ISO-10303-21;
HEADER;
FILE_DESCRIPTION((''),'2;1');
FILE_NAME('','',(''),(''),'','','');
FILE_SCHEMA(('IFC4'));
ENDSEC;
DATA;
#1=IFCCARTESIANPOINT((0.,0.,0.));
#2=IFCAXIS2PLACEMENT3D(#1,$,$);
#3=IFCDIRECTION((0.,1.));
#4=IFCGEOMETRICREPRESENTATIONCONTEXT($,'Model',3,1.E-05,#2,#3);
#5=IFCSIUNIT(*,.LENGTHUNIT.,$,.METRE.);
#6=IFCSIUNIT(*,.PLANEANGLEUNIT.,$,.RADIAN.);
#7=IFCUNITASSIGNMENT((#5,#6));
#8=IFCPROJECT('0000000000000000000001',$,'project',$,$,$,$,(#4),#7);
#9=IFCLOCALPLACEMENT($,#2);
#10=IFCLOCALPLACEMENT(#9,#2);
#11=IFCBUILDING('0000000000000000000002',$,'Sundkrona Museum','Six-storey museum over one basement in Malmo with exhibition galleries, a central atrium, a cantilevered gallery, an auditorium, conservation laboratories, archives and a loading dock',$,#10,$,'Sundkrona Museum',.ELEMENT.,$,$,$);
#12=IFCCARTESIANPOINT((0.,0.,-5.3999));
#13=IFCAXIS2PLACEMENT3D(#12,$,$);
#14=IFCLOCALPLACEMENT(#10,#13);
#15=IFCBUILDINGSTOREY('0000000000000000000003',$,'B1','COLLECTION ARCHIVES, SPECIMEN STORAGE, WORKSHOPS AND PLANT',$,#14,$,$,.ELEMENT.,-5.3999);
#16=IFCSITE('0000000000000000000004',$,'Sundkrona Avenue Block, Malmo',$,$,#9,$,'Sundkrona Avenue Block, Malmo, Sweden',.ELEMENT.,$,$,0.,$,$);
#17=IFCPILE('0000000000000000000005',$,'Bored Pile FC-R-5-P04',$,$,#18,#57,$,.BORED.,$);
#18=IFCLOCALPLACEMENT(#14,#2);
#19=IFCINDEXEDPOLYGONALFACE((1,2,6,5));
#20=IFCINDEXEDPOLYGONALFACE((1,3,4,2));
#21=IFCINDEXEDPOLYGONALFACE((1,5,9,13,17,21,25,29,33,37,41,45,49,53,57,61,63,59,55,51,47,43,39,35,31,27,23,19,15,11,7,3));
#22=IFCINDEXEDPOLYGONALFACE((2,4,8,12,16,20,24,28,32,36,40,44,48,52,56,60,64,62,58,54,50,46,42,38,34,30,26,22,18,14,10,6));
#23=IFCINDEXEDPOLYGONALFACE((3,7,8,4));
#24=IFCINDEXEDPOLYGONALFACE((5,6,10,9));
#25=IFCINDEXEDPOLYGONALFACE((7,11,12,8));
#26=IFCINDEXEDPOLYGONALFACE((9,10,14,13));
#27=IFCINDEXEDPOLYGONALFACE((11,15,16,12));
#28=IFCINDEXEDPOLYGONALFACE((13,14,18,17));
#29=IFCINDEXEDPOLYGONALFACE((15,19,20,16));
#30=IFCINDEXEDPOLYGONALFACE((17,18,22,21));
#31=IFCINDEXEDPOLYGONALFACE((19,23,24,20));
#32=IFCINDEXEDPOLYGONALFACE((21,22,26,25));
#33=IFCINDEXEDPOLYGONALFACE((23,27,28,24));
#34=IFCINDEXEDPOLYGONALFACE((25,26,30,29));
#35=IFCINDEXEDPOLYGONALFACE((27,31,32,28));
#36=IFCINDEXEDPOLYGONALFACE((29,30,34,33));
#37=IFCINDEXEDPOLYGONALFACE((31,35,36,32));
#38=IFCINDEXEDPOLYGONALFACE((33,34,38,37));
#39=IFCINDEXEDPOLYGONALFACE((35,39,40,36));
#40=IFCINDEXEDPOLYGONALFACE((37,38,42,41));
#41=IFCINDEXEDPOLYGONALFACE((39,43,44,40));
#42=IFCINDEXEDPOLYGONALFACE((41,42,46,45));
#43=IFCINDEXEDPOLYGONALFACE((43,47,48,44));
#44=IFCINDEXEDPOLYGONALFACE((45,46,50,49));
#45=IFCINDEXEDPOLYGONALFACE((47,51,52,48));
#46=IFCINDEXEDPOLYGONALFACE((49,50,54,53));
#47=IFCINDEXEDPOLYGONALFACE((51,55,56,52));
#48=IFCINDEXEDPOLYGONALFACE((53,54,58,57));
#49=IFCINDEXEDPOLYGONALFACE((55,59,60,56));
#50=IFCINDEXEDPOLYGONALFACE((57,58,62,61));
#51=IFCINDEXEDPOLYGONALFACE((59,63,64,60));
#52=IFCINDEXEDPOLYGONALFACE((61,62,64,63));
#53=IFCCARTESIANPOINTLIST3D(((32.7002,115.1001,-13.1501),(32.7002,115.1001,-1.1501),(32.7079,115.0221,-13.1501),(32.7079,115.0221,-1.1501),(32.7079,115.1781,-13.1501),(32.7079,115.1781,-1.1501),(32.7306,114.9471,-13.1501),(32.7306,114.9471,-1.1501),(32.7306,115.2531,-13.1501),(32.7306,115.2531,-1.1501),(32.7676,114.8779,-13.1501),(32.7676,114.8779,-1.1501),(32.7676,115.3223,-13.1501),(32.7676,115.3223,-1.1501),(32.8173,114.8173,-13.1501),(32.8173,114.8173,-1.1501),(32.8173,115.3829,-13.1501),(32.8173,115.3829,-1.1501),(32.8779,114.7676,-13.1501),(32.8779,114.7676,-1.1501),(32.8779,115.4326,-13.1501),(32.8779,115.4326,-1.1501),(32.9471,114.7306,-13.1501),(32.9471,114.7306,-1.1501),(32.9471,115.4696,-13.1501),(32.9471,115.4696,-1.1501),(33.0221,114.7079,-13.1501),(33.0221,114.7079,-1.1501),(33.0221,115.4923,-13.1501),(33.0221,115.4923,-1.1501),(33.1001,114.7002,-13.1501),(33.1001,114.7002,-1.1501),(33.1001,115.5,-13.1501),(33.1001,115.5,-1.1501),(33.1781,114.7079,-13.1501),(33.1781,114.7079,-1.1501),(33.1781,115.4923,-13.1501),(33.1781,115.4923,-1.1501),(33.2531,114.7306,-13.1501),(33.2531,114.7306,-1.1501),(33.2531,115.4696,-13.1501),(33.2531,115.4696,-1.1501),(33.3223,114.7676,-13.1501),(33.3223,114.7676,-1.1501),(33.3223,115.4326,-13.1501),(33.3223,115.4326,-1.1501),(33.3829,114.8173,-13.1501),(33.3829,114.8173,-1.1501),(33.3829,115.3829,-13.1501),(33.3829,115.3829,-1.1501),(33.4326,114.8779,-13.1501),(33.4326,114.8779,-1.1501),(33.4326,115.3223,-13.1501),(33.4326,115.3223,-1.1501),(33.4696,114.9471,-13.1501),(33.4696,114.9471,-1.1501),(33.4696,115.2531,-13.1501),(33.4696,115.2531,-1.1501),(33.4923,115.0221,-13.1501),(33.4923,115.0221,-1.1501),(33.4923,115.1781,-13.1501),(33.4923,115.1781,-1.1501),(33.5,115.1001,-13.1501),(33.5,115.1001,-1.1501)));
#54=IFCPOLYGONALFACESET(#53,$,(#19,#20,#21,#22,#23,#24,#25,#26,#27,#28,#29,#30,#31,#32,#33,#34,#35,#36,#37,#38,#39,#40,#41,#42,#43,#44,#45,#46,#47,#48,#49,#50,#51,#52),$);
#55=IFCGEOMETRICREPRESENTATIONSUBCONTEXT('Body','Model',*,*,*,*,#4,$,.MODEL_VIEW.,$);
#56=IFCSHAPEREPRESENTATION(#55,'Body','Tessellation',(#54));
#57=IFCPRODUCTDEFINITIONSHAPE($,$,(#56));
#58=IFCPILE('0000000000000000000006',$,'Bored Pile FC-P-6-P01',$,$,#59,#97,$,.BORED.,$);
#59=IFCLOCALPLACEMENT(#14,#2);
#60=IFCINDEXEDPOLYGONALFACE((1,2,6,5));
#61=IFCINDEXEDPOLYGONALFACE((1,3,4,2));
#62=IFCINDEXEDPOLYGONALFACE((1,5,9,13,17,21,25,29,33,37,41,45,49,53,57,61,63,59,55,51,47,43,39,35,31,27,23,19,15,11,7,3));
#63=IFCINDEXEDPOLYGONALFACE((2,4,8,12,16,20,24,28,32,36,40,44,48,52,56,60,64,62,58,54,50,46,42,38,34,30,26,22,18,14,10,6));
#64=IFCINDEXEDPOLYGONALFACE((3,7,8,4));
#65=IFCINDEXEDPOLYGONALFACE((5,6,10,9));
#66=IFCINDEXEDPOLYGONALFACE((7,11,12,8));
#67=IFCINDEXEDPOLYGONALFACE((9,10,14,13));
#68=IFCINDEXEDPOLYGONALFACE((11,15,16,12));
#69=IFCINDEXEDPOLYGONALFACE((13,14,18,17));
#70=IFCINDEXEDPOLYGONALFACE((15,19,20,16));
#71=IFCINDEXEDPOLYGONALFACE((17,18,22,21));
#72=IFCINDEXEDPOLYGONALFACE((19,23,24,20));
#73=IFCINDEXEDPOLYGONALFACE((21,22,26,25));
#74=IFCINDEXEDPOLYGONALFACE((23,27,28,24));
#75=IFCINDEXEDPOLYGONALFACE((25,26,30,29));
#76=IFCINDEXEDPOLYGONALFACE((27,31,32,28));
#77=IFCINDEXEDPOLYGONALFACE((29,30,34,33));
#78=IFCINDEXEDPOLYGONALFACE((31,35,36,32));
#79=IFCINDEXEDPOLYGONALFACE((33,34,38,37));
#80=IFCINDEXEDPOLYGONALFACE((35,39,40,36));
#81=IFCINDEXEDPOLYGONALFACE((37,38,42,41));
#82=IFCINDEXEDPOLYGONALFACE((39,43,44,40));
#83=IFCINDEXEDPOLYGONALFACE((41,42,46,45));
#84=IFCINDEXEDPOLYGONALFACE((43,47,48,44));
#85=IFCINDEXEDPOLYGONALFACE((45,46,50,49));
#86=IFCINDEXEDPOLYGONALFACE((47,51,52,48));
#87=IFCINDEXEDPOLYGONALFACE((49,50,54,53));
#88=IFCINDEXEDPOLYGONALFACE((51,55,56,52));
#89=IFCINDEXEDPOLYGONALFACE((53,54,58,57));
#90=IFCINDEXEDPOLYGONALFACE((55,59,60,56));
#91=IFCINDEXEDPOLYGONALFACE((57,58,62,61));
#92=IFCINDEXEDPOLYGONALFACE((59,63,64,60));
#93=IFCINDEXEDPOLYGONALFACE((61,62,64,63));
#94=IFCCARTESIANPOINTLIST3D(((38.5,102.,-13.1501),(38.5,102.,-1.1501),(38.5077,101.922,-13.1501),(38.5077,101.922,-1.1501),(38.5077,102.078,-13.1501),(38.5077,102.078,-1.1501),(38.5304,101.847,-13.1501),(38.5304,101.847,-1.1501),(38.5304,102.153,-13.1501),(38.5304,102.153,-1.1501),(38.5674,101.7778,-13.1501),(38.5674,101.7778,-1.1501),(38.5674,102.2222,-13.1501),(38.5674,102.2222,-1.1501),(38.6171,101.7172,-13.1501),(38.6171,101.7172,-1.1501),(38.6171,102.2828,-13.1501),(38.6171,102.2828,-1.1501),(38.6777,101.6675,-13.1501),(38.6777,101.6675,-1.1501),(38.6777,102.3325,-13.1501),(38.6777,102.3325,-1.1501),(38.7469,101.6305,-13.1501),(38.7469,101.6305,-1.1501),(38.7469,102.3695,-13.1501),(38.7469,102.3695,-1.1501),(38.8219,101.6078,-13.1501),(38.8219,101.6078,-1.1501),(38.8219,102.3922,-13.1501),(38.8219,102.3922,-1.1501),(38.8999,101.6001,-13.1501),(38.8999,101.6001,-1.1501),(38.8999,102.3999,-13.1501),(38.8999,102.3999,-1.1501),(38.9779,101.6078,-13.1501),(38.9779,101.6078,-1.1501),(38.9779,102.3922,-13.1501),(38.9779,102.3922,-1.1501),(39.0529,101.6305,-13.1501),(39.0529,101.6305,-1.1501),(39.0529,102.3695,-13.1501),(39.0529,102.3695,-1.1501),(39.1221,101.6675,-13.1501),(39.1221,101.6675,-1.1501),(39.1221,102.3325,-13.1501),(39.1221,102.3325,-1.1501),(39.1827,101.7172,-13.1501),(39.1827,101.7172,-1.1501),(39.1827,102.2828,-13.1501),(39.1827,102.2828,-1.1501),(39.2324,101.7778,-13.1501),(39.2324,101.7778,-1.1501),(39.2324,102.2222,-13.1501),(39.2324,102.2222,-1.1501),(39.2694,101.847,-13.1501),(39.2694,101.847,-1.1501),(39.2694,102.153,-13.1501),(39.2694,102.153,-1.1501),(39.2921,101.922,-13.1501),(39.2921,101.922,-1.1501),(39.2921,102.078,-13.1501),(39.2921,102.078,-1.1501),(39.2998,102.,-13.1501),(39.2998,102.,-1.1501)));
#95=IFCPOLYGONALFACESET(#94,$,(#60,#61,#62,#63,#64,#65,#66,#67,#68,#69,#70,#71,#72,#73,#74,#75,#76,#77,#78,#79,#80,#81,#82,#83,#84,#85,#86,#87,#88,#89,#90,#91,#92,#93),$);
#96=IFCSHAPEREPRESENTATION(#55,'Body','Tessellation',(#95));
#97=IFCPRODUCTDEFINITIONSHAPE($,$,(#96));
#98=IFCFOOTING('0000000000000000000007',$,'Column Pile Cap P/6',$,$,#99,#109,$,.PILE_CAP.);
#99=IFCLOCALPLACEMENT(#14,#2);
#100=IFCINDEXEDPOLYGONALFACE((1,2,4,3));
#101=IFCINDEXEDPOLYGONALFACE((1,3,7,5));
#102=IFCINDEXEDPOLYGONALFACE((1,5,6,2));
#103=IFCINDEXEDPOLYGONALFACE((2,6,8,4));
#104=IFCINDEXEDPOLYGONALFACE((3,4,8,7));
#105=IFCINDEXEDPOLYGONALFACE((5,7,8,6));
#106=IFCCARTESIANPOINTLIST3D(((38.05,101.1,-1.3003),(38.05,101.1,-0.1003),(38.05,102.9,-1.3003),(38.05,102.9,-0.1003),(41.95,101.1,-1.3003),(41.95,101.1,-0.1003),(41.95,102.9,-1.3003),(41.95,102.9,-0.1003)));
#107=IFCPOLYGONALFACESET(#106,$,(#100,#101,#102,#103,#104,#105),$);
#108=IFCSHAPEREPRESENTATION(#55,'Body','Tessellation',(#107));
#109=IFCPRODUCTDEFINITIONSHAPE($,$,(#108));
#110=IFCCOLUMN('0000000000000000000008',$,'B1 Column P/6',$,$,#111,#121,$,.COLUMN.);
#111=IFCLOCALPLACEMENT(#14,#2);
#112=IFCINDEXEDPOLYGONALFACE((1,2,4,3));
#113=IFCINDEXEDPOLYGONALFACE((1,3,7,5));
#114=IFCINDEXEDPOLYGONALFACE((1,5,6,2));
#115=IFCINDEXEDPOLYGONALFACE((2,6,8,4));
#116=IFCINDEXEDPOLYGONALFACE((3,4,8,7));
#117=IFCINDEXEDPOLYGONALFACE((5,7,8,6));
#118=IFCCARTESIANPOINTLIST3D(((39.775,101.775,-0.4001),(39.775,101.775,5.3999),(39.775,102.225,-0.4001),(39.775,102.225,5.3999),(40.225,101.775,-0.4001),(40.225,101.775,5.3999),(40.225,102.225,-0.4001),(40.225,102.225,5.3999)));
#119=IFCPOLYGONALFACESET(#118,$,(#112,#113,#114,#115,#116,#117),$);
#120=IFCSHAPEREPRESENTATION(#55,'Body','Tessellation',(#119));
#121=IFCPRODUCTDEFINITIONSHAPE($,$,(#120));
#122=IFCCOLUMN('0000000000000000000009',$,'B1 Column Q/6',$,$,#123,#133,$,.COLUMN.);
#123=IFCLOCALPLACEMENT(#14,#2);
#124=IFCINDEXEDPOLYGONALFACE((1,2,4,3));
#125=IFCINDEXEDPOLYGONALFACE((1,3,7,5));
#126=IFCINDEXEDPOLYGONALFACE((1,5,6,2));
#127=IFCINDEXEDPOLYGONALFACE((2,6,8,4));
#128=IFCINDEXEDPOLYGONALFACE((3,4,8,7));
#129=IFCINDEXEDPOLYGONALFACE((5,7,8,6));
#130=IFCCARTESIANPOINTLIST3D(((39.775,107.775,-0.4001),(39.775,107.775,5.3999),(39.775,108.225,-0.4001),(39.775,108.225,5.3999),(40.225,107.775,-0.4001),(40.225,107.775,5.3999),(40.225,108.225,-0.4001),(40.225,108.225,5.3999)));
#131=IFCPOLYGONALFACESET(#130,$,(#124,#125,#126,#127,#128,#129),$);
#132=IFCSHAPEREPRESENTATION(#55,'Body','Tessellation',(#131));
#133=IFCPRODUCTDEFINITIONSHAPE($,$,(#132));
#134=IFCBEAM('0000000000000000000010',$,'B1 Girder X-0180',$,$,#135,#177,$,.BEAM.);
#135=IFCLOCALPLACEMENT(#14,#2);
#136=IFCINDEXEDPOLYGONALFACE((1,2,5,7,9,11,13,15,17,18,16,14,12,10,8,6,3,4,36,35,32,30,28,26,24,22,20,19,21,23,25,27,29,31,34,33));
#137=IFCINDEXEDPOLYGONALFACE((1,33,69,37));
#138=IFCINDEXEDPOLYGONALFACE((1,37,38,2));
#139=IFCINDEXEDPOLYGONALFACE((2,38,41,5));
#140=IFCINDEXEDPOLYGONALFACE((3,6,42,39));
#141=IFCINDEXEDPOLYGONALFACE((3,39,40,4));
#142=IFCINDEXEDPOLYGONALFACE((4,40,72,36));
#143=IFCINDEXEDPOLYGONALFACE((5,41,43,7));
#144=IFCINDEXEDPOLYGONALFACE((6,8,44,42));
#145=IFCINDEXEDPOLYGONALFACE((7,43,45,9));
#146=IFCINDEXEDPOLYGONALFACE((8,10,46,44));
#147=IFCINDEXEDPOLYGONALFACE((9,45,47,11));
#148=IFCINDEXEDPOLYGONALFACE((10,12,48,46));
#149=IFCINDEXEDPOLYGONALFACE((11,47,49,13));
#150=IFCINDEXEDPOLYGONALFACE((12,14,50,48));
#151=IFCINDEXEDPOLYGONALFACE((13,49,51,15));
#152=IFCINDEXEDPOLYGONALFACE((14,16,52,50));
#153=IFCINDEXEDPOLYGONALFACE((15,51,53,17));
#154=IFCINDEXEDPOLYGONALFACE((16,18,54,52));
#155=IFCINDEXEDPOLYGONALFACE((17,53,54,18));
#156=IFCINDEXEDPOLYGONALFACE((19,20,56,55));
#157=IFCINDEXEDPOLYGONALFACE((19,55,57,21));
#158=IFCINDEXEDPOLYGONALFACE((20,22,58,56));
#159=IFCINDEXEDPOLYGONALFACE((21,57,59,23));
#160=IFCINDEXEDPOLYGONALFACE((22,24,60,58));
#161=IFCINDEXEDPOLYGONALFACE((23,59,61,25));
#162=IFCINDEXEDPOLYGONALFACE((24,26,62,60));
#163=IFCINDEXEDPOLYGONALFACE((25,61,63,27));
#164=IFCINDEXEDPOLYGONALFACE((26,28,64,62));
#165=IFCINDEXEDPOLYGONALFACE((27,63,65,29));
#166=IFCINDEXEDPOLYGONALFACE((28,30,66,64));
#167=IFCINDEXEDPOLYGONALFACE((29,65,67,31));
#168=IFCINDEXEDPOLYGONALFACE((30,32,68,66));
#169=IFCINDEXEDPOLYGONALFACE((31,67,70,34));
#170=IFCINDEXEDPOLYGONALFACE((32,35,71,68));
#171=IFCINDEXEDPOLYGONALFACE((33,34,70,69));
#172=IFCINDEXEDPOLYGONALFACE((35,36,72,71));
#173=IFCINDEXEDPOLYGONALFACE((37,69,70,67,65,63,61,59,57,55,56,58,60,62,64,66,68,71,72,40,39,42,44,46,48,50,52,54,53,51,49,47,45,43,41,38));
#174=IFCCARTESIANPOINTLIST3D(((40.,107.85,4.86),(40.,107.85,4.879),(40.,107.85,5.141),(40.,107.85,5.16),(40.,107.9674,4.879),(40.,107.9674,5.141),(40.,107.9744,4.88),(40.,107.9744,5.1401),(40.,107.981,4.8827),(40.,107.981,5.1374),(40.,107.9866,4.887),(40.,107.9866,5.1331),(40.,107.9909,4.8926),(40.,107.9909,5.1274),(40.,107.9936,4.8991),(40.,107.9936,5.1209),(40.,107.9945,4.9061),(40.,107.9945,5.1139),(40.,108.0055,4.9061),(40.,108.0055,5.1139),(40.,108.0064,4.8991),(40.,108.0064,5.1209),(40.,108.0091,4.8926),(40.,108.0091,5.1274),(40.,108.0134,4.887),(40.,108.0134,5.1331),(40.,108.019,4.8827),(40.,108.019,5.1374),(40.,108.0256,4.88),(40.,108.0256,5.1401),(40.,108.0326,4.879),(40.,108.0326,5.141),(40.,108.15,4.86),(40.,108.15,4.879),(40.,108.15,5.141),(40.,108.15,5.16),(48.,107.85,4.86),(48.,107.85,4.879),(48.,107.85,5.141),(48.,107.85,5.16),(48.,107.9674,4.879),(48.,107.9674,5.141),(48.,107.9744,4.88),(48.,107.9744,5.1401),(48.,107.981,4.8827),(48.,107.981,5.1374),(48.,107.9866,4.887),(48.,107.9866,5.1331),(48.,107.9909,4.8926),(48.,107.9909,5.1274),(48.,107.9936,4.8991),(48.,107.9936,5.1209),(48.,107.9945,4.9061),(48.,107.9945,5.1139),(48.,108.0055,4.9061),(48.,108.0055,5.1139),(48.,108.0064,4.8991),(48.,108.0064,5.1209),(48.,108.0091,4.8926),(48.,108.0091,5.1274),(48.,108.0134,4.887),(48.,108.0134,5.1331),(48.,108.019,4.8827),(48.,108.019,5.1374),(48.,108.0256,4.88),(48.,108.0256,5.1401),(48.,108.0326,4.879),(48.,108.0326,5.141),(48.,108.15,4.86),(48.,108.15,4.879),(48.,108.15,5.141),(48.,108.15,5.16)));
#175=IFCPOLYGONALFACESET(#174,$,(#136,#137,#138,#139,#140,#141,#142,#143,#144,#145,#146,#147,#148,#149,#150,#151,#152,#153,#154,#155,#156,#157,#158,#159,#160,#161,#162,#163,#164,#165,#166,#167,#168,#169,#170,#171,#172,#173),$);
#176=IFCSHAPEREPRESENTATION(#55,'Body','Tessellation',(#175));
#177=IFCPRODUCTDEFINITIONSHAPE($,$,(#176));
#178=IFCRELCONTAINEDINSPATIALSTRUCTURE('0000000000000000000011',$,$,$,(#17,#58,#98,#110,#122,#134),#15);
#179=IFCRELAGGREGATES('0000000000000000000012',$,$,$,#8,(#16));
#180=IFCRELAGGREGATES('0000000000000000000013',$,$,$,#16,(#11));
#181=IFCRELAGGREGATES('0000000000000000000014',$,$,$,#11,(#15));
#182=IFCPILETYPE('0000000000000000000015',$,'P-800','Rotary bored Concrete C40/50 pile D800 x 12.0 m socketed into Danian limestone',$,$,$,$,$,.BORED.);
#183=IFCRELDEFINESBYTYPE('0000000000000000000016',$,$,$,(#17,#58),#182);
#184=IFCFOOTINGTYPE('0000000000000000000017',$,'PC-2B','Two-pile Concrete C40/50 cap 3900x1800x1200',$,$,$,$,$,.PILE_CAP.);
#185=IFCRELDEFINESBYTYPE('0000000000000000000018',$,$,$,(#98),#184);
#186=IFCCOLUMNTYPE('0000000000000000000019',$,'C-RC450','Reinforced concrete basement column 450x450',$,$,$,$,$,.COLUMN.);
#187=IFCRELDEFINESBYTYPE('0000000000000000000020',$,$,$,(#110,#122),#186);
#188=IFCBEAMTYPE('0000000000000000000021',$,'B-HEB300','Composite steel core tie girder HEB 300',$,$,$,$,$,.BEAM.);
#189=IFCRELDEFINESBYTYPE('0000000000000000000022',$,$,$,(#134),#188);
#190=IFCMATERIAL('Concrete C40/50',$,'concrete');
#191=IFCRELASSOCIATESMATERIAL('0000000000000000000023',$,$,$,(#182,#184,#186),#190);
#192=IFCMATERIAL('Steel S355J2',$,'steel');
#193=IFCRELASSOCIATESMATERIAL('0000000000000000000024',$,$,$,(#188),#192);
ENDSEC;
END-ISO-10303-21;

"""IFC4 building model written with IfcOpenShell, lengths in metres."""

from ifc_helpers import new_model, si_unit, direction, frame, origin, origin_2d, place, context, subcontext, project, spatial, rectangle, circle, i_section, extrude, material, material_profile, profile_set, type_object, element, save


model = new_model("IFC4")

# Units and contexts
model_context = context("Model", 3, precision=1e-05, world=origin(), true_north=direction((0.0, 1.0)))
body_context = subcontext(model_context, "Body", "Model", "MODEL_VIEW")
ifc_project = project(units=[si_unit("LENGTHUNIT", "METRE"), si_unit("PLANEANGLEUNIT", "RADIAN")], contexts=[model_context])

# Site, building, storey
site_placement = place(None, origin())
site = spatial("IfcSite", under=ifc_project, at=site_placement, Name="Sundkrona Avenue Block, Malmo", LongName="Sundkrona Avenue Block, Malmo, Sweden", CompositionType="ELEMENT", RefElevation=0.0)
building_placement = place(site_placement, origin())
building = spatial("IfcBuilding", under=site, at=building_placement, Name="Sundkrona Museum", Description="Six-storey museum over one basement in Malmo with exhibition galleries, a central atrium, a cantilevered gallery, an auditorium, conservation laboratories, archives and a loading dock", LongName="Sundkrona Museum", CompositionType="ELEMENT")
storey_placement = place(building_placement, frame((0.0, 0.0, -5.3999)))
storey = spatial("IfcBuildingStorey", under=building, at=storey_placement, Name="B1", Description="COLLECTION ARCHIVES, SPECIMEN STORAGE, WORKSHOPS AND PLANT", CompositionType="ELEMENT", Elevation=-5.3999)

# Shared definitions
ifc_material_1 = material(Name="Concrete C40/50", Category="concrete")

# Piles
ifc_material_profile_1 = material_profile(ifc_material_1, circle(Radius=0.3999, at=origin_2d()), Name="PILE D800")
ifc_profile_set_1 = profile_set([ifc_material_profile_1], Name="Concrete C40/50")
pile_type = type_object("IfcPileType", Name="P-800", Description="Rotary bored Concrete C40/50 pile D800 x 12.0 m socketed into Danian limestone", PredefinedType="BORED", material=ifc_profile_set_1)
for number, where, z_axis, x_axis, name in (
    (1, (33.1001, 115.1001, -1.1501), (0.0, 0.0, -1.0), (1.0, 0.0, 0.0), "Bored Pile FC-R-5-P04"),
    (2, (38.8999, 102.0, -1.1501), (0.0, 0.0, -1.0), (1.0, 0.0, 0.0), "Bored Pile FC-P-6-P01"),
):
    element("IfcPile", number, at=place(storey_placement, frame(where, z_axis=z_axis, x_axis=x_axis)), inside=storey, type_object=pile_type, Name=name, PredefinedType="BORED", context=body_context, shape_type="SweptSolid", body=[
        extrude(circle(Radius=0.3999, at=origin_2d()), origin(), (0.0, 0.0, 1.0), 12.0),
    ])

# Footing
footing_type_1 = type_object("IfcFootingType", Name="PC-2B", Description="Two-pile Concrete C40/50 cap 3900x1800x1200", PredefinedType="PILE_CAP", material=ifc_material_1)
footing_1_placement = place(storey_placement, frame((40.0, 102.0, -1.3003), z_axis=(0.0, 0.0, 1.0), x_axis=(1.0, 0.0, 0.0)))
element("IfcFooting", 3, at=footing_1_placement, inside=storey, type_object=footing_type_1, Name="Column Pile Cap P/6", PredefinedType="PILE_CAP", context=body_context, shape_type="SweptSolid", body=[
    extrude(rectangle(XDim=3.8999, YDim=1.8, at=origin_2d()), origin(), (0.0, 0.0, 1.0), 1.2),
])

# Columns
ifc_material_profile_2 = material_profile(ifc_material_1, rectangle(XDim=0.45, YDim=0.45, at=origin_2d()), Name="RC 450x450")
ifc_profile_set_2 = profile_set([ifc_material_profile_2], Name="Concrete C40/50")
column_type = type_object("IfcColumnType", Name="C-RC450", Description="Reinforced concrete basement column 450x450", PredefinedType="COLUMN", material=ifc_profile_set_2)
for number, where, z_axis, x_axis, name in (
    (4, (40.0, 102.0, -0.4001), (0.0, 0.0, 1.0), (1.0, 0.0, 0.0), "B1 Column P/6"),
    (5, (40.0, 108.0, -0.4001), (0.0, 0.0, 1.0), (1.0, 0.0, 0.0), "B1 Column Q/6"),
):
    element("IfcColumn", number, at=place(storey_placement, frame(where, z_axis=z_axis, x_axis=x_axis)), inside=storey, type_object=column_type, Name=name, PredefinedType="COLUMN", context=body_context, shape_type="SweptSolid", body=[
        extrude(rectangle(XDim=0.45, YDim=0.45, at=origin_2d()), origin(), (0.0, 0.0, 1.0), 5.8),
    ])

# Beam
ifc_material_2 = material(Name="Steel S355J2", Category="steel")
ifc_material_profile_3 = material_profile(ifc_material_2, i_section(OverallWidth=0.3, OverallDepth=0.3, WebThickness=0.011, FlangeThickness=0.019, FilletRadius=0.0271, at=origin_2d()), Name="HEB 300")
ifc_profile_set_3 = profile_set([ifc_material_profile_3], Name="Steel S355J2")
beam_type_1 = type_object("IfcBeamType", Name="B-HEB300", Description="Composite steel core tie girder HEB 300", PredefinedType="BEAM", material=ifc_profile_set_3)
beam_1_placement = place(storey_placement, frame((40.0, 108.0, 5.01), z_axis=(1.0, 0.0, 0.0), x_axis=(0.0, 1.0, 0.0)))
element("IfcBeam", 6, at=beam_1_placement, inside=storey, type_object=beam_type_1, Name="B1 Girder X-0180", PredefinedType="BEAM", context=body_context, shape_type="SweptSolid", body=[
    extrude(i_section(OverallWidth=0.3, OverallDepth=0.3, WebThickness=0.011, FlangeThickness=0.019, FilletRadius=0.0271, at=origin_2d()), origin(), (0.0, 0.0, 1.0), 8.0),
])

save(model, "model.ifc")
